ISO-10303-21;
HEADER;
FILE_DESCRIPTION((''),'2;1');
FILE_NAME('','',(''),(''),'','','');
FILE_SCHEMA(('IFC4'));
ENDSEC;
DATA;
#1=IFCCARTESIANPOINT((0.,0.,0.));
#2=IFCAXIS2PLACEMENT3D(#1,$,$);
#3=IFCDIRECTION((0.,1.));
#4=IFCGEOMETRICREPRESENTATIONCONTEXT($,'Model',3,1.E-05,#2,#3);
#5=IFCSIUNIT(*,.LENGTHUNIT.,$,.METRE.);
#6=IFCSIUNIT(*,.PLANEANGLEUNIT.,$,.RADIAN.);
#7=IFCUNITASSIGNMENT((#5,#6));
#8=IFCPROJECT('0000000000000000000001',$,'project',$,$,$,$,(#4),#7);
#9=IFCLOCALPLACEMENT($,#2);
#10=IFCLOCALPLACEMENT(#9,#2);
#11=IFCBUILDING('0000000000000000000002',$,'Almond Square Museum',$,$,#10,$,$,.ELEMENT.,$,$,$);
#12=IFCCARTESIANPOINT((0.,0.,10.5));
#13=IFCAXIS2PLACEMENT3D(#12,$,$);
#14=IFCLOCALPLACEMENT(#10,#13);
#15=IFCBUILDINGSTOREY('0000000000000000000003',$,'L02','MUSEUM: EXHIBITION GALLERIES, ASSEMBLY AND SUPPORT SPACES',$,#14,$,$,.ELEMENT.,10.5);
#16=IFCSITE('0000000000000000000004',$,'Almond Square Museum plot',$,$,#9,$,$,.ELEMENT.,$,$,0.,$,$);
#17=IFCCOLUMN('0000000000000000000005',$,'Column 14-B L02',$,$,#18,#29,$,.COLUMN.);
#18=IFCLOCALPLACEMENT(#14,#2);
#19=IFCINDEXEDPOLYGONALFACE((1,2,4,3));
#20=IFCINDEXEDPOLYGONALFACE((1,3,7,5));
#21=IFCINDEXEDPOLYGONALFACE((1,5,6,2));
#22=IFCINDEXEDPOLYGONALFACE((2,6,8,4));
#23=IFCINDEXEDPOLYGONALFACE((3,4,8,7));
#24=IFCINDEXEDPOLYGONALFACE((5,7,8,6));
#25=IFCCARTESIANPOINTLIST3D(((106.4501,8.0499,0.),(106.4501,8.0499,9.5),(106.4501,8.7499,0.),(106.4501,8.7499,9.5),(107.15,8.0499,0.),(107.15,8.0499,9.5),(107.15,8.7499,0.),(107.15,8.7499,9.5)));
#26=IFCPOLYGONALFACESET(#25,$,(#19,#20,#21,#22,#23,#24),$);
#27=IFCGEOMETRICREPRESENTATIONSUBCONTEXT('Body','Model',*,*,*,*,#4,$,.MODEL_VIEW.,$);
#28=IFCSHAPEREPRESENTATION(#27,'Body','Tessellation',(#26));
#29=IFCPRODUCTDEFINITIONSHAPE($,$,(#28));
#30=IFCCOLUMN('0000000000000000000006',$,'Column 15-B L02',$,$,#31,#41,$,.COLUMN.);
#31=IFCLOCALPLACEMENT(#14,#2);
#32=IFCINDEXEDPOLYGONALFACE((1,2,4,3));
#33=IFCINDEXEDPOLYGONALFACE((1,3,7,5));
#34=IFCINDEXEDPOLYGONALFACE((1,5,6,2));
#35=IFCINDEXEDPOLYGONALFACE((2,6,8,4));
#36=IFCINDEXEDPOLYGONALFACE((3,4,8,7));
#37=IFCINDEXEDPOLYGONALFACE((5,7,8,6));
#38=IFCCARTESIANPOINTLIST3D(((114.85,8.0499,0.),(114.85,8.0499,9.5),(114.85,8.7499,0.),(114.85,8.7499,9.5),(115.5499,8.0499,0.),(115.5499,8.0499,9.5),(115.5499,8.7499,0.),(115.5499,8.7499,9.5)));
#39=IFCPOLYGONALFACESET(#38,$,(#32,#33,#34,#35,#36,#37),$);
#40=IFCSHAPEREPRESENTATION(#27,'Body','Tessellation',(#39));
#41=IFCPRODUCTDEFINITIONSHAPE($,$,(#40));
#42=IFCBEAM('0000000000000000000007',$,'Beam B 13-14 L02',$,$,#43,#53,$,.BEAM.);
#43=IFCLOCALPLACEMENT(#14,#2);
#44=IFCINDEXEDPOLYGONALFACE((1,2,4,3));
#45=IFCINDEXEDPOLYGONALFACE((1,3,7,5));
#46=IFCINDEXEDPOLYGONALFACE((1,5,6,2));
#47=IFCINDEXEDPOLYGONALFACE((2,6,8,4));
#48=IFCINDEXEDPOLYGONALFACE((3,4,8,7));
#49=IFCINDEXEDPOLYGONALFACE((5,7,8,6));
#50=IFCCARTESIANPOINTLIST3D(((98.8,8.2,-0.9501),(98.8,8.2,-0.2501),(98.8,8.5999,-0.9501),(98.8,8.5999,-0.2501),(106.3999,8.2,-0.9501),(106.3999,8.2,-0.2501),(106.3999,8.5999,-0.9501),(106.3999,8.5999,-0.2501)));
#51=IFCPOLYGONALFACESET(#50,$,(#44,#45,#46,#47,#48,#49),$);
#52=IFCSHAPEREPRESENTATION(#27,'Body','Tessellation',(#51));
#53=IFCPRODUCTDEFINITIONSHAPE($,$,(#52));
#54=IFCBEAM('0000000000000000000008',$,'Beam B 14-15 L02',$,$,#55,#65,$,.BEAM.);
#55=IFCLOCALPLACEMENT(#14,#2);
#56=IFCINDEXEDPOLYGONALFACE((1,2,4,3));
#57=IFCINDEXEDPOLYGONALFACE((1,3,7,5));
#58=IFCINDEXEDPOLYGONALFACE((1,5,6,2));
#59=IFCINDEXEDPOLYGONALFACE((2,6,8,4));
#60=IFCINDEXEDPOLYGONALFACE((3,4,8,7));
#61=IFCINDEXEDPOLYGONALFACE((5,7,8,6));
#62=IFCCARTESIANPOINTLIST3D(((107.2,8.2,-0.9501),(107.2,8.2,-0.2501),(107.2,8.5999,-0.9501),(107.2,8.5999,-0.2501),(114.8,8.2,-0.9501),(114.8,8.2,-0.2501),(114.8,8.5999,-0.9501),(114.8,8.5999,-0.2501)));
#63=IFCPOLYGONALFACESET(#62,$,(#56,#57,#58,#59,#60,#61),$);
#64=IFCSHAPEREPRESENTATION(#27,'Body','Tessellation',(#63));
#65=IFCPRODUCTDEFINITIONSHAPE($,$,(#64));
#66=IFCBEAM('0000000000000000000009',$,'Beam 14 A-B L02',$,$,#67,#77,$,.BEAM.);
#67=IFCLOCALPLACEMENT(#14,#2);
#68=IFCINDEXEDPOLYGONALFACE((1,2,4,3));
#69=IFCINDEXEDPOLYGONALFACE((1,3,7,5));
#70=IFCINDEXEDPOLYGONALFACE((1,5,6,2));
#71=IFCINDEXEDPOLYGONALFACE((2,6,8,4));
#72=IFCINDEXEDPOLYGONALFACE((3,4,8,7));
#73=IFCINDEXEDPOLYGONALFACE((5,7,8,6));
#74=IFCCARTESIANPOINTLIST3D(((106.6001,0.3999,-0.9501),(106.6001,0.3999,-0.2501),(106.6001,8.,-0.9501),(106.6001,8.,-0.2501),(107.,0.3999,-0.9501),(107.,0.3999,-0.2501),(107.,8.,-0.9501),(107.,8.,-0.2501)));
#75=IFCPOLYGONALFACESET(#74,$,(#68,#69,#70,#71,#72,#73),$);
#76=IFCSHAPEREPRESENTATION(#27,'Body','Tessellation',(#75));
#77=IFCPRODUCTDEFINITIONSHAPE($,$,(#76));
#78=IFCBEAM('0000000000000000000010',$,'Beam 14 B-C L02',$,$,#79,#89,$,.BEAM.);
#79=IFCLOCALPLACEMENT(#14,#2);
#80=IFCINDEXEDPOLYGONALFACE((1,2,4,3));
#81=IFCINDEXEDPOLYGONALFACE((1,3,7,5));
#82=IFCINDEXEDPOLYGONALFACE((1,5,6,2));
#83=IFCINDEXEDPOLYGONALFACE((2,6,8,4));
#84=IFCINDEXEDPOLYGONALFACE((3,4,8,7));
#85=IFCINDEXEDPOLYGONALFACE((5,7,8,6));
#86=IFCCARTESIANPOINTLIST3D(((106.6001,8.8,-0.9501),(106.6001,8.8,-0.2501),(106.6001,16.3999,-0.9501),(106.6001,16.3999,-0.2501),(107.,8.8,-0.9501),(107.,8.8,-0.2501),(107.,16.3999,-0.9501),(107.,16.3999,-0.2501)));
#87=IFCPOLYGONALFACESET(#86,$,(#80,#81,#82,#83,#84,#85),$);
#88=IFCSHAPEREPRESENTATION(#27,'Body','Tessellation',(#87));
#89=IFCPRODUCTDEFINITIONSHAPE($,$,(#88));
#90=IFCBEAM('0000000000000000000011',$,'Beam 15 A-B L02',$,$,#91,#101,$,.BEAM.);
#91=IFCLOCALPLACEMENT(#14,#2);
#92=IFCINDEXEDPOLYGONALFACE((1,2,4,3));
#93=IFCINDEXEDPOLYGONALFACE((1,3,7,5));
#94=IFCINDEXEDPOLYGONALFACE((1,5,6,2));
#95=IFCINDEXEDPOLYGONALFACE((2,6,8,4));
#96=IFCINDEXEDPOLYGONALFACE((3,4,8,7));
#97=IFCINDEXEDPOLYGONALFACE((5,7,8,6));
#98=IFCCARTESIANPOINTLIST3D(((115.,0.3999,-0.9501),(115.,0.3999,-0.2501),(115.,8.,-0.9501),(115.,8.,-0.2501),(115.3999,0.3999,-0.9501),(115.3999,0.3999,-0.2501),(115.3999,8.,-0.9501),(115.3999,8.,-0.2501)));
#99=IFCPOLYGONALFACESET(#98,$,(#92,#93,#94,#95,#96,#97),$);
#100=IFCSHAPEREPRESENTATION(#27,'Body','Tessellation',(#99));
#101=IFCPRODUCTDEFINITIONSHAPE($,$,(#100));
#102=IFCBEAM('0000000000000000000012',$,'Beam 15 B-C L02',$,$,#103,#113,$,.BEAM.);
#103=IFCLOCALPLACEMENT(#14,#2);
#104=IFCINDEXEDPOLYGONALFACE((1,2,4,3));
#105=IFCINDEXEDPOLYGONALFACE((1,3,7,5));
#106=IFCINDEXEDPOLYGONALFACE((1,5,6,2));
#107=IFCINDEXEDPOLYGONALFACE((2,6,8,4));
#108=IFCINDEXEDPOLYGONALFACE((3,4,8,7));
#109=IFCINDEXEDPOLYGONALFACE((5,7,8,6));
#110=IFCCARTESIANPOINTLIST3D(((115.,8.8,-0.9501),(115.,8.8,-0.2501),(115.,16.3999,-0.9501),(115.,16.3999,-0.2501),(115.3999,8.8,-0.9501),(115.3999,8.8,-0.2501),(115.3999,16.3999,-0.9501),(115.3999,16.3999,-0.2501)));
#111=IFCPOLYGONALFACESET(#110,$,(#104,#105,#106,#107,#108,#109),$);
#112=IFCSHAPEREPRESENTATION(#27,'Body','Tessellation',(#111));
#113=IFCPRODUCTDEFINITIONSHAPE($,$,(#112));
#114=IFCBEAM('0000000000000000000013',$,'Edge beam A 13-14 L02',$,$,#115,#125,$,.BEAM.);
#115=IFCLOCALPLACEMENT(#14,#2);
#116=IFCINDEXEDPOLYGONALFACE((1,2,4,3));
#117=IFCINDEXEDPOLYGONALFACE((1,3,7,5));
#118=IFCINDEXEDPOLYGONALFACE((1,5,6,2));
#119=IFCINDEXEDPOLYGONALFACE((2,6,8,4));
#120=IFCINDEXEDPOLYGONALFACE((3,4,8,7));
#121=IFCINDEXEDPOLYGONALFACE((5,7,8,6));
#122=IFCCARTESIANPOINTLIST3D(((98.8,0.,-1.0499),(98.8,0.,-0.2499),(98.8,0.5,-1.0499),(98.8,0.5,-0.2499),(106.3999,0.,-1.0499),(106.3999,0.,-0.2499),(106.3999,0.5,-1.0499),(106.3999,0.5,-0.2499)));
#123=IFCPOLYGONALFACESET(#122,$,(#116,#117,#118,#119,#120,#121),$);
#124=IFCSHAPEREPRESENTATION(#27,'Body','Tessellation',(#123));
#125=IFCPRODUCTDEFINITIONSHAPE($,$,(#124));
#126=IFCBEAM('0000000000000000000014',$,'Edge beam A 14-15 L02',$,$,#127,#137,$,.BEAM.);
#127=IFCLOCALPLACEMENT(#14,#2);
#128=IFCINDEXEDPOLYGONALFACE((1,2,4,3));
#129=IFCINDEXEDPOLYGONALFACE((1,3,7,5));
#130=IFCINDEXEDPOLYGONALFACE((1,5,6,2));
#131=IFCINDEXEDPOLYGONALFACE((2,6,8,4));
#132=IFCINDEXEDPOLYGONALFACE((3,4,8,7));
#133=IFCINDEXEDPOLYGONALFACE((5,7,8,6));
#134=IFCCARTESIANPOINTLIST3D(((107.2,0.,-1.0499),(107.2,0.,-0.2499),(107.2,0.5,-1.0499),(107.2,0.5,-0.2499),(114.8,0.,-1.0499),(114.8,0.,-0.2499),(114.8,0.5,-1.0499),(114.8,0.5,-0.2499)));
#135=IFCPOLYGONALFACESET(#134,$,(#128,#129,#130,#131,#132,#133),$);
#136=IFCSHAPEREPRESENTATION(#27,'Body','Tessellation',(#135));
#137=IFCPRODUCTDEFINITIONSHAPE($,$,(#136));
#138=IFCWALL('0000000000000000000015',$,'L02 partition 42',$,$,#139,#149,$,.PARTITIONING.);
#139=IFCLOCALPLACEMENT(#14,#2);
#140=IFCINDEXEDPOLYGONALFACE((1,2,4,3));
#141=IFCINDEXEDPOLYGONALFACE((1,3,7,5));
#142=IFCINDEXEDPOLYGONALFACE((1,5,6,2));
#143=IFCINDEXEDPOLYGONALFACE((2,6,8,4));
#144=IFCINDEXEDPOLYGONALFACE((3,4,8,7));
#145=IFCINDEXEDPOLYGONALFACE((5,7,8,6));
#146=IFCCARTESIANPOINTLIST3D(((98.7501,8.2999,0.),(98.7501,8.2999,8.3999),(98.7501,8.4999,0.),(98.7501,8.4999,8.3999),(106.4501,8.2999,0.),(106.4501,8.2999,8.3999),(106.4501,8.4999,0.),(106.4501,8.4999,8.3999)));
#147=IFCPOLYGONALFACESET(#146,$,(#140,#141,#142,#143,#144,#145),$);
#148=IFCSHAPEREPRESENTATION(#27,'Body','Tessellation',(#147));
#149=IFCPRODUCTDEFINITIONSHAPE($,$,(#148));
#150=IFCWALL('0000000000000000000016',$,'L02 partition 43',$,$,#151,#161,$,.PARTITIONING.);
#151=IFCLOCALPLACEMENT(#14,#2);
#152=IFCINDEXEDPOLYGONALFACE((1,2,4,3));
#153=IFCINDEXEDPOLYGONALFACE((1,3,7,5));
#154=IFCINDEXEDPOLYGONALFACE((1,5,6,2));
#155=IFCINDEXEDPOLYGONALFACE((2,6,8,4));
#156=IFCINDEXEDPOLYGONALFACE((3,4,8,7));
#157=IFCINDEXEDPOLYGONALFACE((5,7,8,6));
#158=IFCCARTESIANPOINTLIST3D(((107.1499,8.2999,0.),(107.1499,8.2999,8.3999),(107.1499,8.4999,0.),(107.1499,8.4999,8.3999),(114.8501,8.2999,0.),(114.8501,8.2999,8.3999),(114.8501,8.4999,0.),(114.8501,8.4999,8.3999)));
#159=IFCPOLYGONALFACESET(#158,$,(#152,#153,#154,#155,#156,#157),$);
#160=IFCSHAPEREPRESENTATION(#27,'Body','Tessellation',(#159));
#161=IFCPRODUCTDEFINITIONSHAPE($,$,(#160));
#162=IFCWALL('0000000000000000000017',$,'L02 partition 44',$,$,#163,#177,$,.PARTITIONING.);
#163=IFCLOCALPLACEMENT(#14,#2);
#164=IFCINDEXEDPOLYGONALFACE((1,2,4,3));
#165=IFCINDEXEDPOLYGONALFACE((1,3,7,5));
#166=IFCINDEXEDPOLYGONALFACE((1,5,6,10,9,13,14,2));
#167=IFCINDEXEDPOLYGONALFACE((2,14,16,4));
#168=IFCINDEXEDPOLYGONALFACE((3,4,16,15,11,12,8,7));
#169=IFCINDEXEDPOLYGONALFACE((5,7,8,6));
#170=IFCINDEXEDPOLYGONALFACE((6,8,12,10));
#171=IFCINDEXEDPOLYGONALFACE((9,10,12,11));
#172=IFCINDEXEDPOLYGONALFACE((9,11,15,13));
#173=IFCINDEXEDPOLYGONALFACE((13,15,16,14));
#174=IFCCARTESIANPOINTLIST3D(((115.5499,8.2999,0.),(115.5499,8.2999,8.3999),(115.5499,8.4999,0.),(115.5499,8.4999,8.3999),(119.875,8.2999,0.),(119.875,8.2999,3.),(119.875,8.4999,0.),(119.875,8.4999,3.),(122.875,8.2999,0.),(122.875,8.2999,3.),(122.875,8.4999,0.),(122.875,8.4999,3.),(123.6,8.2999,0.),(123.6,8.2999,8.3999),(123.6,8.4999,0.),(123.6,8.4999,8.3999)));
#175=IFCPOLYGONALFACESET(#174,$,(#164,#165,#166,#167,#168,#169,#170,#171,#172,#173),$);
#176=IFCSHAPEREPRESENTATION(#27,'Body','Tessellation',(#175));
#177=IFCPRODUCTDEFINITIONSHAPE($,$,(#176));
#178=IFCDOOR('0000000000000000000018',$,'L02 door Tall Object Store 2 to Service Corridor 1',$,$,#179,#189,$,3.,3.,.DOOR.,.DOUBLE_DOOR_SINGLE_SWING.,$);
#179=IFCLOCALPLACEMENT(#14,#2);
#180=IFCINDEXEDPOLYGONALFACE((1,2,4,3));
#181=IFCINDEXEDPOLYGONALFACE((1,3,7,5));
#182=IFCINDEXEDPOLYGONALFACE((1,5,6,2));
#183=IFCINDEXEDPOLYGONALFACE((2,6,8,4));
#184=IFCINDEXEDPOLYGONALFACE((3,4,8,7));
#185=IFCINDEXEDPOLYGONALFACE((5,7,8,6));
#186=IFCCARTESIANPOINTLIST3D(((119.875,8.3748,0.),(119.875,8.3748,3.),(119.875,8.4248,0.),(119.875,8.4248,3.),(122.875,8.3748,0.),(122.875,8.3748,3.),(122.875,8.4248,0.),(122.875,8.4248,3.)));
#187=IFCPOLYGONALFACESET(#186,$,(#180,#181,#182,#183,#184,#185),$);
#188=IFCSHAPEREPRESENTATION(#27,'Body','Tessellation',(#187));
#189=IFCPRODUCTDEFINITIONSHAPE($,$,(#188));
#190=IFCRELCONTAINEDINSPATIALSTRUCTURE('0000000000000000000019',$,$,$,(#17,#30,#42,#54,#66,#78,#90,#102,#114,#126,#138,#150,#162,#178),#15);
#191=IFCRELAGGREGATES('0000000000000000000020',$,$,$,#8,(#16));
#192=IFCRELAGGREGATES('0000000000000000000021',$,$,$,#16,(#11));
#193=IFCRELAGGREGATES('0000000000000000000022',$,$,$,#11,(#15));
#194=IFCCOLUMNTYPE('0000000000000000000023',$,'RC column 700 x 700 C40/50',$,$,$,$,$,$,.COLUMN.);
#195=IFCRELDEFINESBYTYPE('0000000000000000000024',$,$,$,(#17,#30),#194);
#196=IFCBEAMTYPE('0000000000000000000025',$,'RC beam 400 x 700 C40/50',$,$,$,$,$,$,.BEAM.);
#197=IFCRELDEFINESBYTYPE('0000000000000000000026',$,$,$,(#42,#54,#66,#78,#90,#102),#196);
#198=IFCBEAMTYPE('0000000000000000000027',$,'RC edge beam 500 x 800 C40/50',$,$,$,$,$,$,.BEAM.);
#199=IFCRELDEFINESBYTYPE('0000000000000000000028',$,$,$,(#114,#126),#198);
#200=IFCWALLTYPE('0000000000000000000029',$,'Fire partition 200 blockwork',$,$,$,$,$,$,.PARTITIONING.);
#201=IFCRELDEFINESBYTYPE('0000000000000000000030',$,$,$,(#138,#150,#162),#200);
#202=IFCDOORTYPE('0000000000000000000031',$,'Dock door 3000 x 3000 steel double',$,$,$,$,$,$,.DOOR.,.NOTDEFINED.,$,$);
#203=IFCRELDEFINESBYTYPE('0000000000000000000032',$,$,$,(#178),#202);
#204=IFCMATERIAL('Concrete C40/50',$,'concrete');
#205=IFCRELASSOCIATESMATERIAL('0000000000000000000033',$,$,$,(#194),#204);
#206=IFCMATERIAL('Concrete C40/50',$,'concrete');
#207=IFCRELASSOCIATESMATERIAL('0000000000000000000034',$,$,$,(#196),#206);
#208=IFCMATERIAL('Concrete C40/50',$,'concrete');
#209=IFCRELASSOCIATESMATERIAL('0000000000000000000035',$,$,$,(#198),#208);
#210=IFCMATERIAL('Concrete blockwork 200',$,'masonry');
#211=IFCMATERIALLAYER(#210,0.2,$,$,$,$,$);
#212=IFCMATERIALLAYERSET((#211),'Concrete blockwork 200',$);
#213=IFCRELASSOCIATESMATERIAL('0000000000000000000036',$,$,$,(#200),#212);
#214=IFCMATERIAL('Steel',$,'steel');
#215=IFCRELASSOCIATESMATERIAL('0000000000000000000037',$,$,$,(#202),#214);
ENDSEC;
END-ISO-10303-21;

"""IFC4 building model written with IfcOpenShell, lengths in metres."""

from ifc_helpers import new_model, si_unit, direction, frame, frame_2d, origin, origin_2d, place, context, subcontext, project, spatial, rectangle, extrude, material, layer, layer_set, material_profile, profile_set, type_object, element, fill, save


model = new_model("IFC4")

# Units and contexts
model_context = context("Model", 3, precision=1e-05, world=origin(), true_north=direction((0.0, 1.0)))
body_context = subcontext(model_context, "Body", "Model", "MODEL_VIEW")
ifc_project = project(units=[si_unit("LENGTHUNIT", "METRE"), si_unit("PLANEANGLEUNIT", "RADIAN")], contexts=[model_context])

# Site, building, storey
site_placement = place(None, origin())
site = spatial("IfcSite", under=ifc_project, at=site_placement, Name="Almond Square Museum plot", CompositionType="ELEMENT", RefElevation=0.0)
building_placement = place(site_placement, origin())
building = spatial("IfcBuilding", under=site, at=building_placement, Name="Almond Square Museum", CompositionType="ELEMENT")
storey_placement = place(building_placement, frame((0.0, 0.0, 10.5)))
storey = spatial("IfcBuildingStorey", under=building, at=storey_placement, Name="L02", Description="MUSEUM: EXHIBITION GALLERIES, ASSEMBLY AND SUPPORT SPACES", CompositionType="ELEMENT", Elevation=10.5)

# Columns
ifc_material_1 = material(Name="Concrete C40/50", Category="concrete")
ifc_material_profile_1 = material_profile(ifc_material_1, rectangle(XDim=0.7, YDim=0.7, at=origin_2d()))
ifc_profile_set_1 = profile_set([ifc_material_profile_1], Name="Concrete C40/50")
column_type = type_object("IfcColumnType", Name="RC column 700 x 700 C40/50", PredefinedType="COLUMN", material=ifc_profile_set_1)
for number, where, z_axis, x_axis, name in (
    (1, (106.8, 8.3999, 0.0), (0.0, 0.0, 1.0), (1.0, 0.0, 0.0), "Column 14-B L02"),
    (2, (115.2, 8.3999, 0.0), (0.0, 0.0, 1.0), (1.0, 0.0, 0.0), "Column 15-B L02"),
):
    element("IfcColumn", number, at=place(storey_placement, frame(where, z_axis=z_axis, x_axis=x_axis)), inside=storey, type_object=column_type, Name=name, PredefinedType="COLUMN", context=body_context, shape_type="SweptSolid", body=[
        extrude(rectangle(XDim=0.7, YDim=0.7, at=origin_2d()), origin(), (0.0, 0.0, 1.0), 9.5),
    ])

# Beams
ifc_material_2 = material(Name="Concrete C40/50", Category="concrete")
ifc_material_profile_2 = material_profile(ifc_material_2, rectangle(XDim=0.3999, YDim=0.7, at=origin_2d()))
ifc_profile_set_2 = profile_set([ifc_material_profile_2], Name="Concrete C40/50")
beam_type_1 = type_object("IfcBeamType", Name="RC beam 400 x 700 C40/50", PredefinedType="BEAM", material=ifc_profile_set_2)
beam_1_placement = place(storey_placement, frame((98.8, 8.3999, -0.6001), z_axis=(1.0, 0.0, 0.0), x_axis=(0.0, 1.0, 0.0)))
element("IfcBeam", 3, at=beam_1_placement, inside=storey, type_object=beam_type_1, Name="Beam B 13-14 L02", PredefinedType="BEAM", context=body_context, shape_type="SweptSolid", body=[
    extrude(rectangle(XDim=0.3999, YDim=0.7, at=origin_2d()), origin(), (0.0, 0.0, 1.0), 7.5999),
])
for number, where, z_axis, x_axis, name in (
    (4, (107.2, 8.3999, -0.6001), (1.0, 0.0, 0.0), (0.0, 1.0, 0.0), "Beam B 14-15 L02"),
    (5, (106.8, 0.3999, -0.6001), (0.0, 1.0, 0.0), (-1.0, 0.0, 0.0), "Beam 14 A-B L02"),
):
    element("IfcBeam", number, at=place(storey_placement, frame(where, z_axis=z_axis, x_axis=x_axis)), inside=storey, type_object=beam_type_1, Name=name, PredefinedType="BEAM", context=body_context, shape_type="SweptSolid", body=[
        extrude(rectangle(XDim=0.3999, YDim=0.7, at=origin_2d()), origin(), (0.0, 0.0, 1.0), 7.6001),
    ])
beam_2_placement = place(storey_placement, frame((106.8, 8.8, -0.6001), z_axis=(0.0, 1.0, 0.0), x_axis=(-1.0, 0.0, 0.0)))
element("IfcBeam", 6, at=beam_2_placement, inside=storey, type_object=beam_type_1, Name="Beam 14 B-C L02", PredefinedType="BEAM", context=body_context, shape_type="SweptSolid", body=[
    extrude(rectangle(XDim=0.3999, YDim=0.7, at=origin_2d()), origin(), (0.0, 0.0, 1.0), 7.5999),
])
beam_3_placement = place(storey_placement, frame((115.2, 0.3999, -0.6001), z_axis=(0.0, 1.0, 0.0), x_axis=(-1.0, 0.0, 0.0)))
element("IfcBeam", 7, at=beam_3_placement, inside=storey, type_object=beam_type_1, Name="Beam 15 A-B L02", PredefinedType="BEAM", context=body_context, shape_type="SweptSolid", body=[
    extrude(rectangle(XDim=0.3999, YDim=0.7, at=origin_2d()), origin(), (0.0, 0.0, 1.0), 7.6001),
])
beam_4_placement = place(storey_placement, frame((115.2, 8.8, -0.6001), z_axis=(0.0, 1.0, 0.0), x_axis=(-1.0, 0.0, 0.0)))
element("IfcBeam", 8, at=beam_4_placement, inside=storey, type_object=beam_type_1, Name="Beam 15 B-C L02", PredefinedType="BEAM", context=body_context, shape_type="SweptSolid", body=[
    extrude(rectangle(XDim=0.3999, YDim=0.7, at=origin_2d()), origin(), (0.0, 0.0, 1.0), 7.5999),
])
ifc_material_3 = material(Name="Concrete C40/50", Category="concrete")
ifc_material_profile_3 = material_profile(ifc_material_3, rectangle(XDim=0.5, YDim=0.8, at=origin_2d()))
ifc_profile_set_3 = profile_set([ifc_material_profile_3], Name="Concrete C40/50")
beam_type_2 = type_object("IfcBeamType", Name="RC edge beam 500 x 800 C40/50", PredefinedType="BEAM", material=ifc_profile_set_3)
beam_5_placement = place(storey_placement, frame((98.8, 0.25, -0.6499), z_axis=(1.0, 0.0, 0.0), x_axis=(0.0, 1.0, 0.0)))
element("IfcBeam", 9, at=beam_5_placement, inside=storey, type_object=beam_type_2, Name="Edge beam A 13-14 L02", PredefinedType="BEAM", context=body_context, shape_type="SweptSolid", body=[
    extrude(rectangle(XDim=0.5, YDim=0.8, at=origin_2d()), origin(), (0.0, 0.0, 1.0), 7.5999),
])
beam_6_placement = place(storey_placement, frame((107.2, 0.25, -0.6499), z_axis=(1.0, 0.0, 0.0), x_axis=(0.0, 1.0, 0.0)))
element("IfcBeam", 10, at=beam_6_placement, inside=storey, type_object=beam_type_2, Name="Edge beam A 14-15 L02", PredefinedType="BEAM", context=body_context, shape_type="SweptSolid", body=[
    extrude(rectangle(XDim=0.5, YDim=0.8, at=origin_2d()), origin(), (0.0, 0.0, 1.0), 7.6001),
])

# Walls
ifc_material_4 = material(Name="Concrete blockwork 200", Category="masonry")
ifc_layer_1 = layer(ifc_material_4, 0.2)
ifc_layer_set_1 = layer_set([ifc_layer_1], Name="Concrete blockwork 200")
wall_type_1 = type_object("IfcWallType", Name="Fire partition 200 blockwork", PredefinedType="PARTITIONING", material=ifc_layer_set_1)
wall_1_placement = place(storey_placement, frame((98.75, 8.3999, 0.0), z_axis=(0.0, 0.0, 1.0), x_axis=(1.0, 0.0, 0.0)))
element("IfcWall", 11, at=wall_1_placement, inside=storey, type_object=wall_type_1, Name="L02 partition 42", PredefinedType="PARTITIONING", context=body_context, shape_type="SweptSolid", body=[
    extrude(rectangle(XDim=7.7, YDim=0.2, at=frame_2d((3.8501, 0.0))), origin(), (0.0, 0.0, 1.0), 8.3999),
])
wall_2_placement = place(storey_placement, frame((107.1499, 8.3999, 0.0), z_axis=(0.0, 0.0, 1.0), x_axis=(1.0, 0.0, 0.0)))
element("IfcWall", 12, at=wall_2_placement, inside=storey, type_object=wall_type_1, Name="L02 partition 43", PredefinedType="PARTITIONING", context=body_context, shape_type="SweptSolid", body=[
    extrude(rectangle(XDim=7.7002, YDim=0.2, at=frame_2d((3.8501, 0.0))), origin(), (0.0, 0.0, 1.0), 8.3999),
])

# Wall, opening, door
wall_3_placement = place(storey_placement, frame((115.55, 8.3999, 0.0), z_axis=(0.0, 0.0, 1.0), x_axis=(1.0, 0.0, 0.0)))
wall_3 = element("IfcWall", 13, at=wall_3_placement, inside=storey, type_object=wall_type_1, Name="L02 partition 44", PredefinedType="PARTITIONING", context=body_context, shape_type="SweptSolid", body=[
    extrude(rectangle(XDim=8.05, YDim=0.2, at=frame_2d((4.0249, 0.0))), origin(), (0.0, 0.0, 1.0), 8.3999),
])
opening_1_placement = place(wall_3_placement, frame((4.325, 0.0, 0.0)))
opening_1 = element("IfcOpeningElement", 14, at=opening_1_placement, cuts=wall_3, PredefinedType="OPENING", context=body_context, shape_type="SweptSolid", body=[
    extrude(rectangle(XDim=3.0, YDim=3.0, at=frame_2d((1.5, 1.5))), frame((0.0, 0.1099, 0.0), z_axis=(0.0, -1.0, 0.0), x_axis=(1.0, 0.0, 0.0)), (0.0, 0.0, 1.0), 0.22),
])
ifc_material_5 = material(Name="Steel", Category="steel")
door_type = type_object("IfcDoorType", Name="Dock door 3000 x 3000 steel double", OperationType="NOTDEFINED", PredefinedType="DOOR", material=ifc_material_5)
door_placement = place(opening_1_placement, origin())
door = element("IfcDoor", 15, at=door_placement, inside=storey, type_object=door_type, Name="L02 door Tall Object Store 2 to Service Corridor 1", OperationType="DOUBLE_DOOR_SINGLE_SWING", OverallHeight=3.0, OverallWidth=3.0, PredefinedType="DOOR", context=body_context, shape_type="SweptSolid", body=[
    extrude(rectangle(XDim=3.0, YDim=3.0, at=frame_2d((1.5, 1.5))), frame((0.0, 0.0249, 0.0), z_axis=(0.0, -1.0, 0.0), x_axis=(1.0, 0.0, 0.0)), (0.0, 0.0, 1.0), 0.05),
])
fill(opening_1, door)

save(model, "model.ifc")
